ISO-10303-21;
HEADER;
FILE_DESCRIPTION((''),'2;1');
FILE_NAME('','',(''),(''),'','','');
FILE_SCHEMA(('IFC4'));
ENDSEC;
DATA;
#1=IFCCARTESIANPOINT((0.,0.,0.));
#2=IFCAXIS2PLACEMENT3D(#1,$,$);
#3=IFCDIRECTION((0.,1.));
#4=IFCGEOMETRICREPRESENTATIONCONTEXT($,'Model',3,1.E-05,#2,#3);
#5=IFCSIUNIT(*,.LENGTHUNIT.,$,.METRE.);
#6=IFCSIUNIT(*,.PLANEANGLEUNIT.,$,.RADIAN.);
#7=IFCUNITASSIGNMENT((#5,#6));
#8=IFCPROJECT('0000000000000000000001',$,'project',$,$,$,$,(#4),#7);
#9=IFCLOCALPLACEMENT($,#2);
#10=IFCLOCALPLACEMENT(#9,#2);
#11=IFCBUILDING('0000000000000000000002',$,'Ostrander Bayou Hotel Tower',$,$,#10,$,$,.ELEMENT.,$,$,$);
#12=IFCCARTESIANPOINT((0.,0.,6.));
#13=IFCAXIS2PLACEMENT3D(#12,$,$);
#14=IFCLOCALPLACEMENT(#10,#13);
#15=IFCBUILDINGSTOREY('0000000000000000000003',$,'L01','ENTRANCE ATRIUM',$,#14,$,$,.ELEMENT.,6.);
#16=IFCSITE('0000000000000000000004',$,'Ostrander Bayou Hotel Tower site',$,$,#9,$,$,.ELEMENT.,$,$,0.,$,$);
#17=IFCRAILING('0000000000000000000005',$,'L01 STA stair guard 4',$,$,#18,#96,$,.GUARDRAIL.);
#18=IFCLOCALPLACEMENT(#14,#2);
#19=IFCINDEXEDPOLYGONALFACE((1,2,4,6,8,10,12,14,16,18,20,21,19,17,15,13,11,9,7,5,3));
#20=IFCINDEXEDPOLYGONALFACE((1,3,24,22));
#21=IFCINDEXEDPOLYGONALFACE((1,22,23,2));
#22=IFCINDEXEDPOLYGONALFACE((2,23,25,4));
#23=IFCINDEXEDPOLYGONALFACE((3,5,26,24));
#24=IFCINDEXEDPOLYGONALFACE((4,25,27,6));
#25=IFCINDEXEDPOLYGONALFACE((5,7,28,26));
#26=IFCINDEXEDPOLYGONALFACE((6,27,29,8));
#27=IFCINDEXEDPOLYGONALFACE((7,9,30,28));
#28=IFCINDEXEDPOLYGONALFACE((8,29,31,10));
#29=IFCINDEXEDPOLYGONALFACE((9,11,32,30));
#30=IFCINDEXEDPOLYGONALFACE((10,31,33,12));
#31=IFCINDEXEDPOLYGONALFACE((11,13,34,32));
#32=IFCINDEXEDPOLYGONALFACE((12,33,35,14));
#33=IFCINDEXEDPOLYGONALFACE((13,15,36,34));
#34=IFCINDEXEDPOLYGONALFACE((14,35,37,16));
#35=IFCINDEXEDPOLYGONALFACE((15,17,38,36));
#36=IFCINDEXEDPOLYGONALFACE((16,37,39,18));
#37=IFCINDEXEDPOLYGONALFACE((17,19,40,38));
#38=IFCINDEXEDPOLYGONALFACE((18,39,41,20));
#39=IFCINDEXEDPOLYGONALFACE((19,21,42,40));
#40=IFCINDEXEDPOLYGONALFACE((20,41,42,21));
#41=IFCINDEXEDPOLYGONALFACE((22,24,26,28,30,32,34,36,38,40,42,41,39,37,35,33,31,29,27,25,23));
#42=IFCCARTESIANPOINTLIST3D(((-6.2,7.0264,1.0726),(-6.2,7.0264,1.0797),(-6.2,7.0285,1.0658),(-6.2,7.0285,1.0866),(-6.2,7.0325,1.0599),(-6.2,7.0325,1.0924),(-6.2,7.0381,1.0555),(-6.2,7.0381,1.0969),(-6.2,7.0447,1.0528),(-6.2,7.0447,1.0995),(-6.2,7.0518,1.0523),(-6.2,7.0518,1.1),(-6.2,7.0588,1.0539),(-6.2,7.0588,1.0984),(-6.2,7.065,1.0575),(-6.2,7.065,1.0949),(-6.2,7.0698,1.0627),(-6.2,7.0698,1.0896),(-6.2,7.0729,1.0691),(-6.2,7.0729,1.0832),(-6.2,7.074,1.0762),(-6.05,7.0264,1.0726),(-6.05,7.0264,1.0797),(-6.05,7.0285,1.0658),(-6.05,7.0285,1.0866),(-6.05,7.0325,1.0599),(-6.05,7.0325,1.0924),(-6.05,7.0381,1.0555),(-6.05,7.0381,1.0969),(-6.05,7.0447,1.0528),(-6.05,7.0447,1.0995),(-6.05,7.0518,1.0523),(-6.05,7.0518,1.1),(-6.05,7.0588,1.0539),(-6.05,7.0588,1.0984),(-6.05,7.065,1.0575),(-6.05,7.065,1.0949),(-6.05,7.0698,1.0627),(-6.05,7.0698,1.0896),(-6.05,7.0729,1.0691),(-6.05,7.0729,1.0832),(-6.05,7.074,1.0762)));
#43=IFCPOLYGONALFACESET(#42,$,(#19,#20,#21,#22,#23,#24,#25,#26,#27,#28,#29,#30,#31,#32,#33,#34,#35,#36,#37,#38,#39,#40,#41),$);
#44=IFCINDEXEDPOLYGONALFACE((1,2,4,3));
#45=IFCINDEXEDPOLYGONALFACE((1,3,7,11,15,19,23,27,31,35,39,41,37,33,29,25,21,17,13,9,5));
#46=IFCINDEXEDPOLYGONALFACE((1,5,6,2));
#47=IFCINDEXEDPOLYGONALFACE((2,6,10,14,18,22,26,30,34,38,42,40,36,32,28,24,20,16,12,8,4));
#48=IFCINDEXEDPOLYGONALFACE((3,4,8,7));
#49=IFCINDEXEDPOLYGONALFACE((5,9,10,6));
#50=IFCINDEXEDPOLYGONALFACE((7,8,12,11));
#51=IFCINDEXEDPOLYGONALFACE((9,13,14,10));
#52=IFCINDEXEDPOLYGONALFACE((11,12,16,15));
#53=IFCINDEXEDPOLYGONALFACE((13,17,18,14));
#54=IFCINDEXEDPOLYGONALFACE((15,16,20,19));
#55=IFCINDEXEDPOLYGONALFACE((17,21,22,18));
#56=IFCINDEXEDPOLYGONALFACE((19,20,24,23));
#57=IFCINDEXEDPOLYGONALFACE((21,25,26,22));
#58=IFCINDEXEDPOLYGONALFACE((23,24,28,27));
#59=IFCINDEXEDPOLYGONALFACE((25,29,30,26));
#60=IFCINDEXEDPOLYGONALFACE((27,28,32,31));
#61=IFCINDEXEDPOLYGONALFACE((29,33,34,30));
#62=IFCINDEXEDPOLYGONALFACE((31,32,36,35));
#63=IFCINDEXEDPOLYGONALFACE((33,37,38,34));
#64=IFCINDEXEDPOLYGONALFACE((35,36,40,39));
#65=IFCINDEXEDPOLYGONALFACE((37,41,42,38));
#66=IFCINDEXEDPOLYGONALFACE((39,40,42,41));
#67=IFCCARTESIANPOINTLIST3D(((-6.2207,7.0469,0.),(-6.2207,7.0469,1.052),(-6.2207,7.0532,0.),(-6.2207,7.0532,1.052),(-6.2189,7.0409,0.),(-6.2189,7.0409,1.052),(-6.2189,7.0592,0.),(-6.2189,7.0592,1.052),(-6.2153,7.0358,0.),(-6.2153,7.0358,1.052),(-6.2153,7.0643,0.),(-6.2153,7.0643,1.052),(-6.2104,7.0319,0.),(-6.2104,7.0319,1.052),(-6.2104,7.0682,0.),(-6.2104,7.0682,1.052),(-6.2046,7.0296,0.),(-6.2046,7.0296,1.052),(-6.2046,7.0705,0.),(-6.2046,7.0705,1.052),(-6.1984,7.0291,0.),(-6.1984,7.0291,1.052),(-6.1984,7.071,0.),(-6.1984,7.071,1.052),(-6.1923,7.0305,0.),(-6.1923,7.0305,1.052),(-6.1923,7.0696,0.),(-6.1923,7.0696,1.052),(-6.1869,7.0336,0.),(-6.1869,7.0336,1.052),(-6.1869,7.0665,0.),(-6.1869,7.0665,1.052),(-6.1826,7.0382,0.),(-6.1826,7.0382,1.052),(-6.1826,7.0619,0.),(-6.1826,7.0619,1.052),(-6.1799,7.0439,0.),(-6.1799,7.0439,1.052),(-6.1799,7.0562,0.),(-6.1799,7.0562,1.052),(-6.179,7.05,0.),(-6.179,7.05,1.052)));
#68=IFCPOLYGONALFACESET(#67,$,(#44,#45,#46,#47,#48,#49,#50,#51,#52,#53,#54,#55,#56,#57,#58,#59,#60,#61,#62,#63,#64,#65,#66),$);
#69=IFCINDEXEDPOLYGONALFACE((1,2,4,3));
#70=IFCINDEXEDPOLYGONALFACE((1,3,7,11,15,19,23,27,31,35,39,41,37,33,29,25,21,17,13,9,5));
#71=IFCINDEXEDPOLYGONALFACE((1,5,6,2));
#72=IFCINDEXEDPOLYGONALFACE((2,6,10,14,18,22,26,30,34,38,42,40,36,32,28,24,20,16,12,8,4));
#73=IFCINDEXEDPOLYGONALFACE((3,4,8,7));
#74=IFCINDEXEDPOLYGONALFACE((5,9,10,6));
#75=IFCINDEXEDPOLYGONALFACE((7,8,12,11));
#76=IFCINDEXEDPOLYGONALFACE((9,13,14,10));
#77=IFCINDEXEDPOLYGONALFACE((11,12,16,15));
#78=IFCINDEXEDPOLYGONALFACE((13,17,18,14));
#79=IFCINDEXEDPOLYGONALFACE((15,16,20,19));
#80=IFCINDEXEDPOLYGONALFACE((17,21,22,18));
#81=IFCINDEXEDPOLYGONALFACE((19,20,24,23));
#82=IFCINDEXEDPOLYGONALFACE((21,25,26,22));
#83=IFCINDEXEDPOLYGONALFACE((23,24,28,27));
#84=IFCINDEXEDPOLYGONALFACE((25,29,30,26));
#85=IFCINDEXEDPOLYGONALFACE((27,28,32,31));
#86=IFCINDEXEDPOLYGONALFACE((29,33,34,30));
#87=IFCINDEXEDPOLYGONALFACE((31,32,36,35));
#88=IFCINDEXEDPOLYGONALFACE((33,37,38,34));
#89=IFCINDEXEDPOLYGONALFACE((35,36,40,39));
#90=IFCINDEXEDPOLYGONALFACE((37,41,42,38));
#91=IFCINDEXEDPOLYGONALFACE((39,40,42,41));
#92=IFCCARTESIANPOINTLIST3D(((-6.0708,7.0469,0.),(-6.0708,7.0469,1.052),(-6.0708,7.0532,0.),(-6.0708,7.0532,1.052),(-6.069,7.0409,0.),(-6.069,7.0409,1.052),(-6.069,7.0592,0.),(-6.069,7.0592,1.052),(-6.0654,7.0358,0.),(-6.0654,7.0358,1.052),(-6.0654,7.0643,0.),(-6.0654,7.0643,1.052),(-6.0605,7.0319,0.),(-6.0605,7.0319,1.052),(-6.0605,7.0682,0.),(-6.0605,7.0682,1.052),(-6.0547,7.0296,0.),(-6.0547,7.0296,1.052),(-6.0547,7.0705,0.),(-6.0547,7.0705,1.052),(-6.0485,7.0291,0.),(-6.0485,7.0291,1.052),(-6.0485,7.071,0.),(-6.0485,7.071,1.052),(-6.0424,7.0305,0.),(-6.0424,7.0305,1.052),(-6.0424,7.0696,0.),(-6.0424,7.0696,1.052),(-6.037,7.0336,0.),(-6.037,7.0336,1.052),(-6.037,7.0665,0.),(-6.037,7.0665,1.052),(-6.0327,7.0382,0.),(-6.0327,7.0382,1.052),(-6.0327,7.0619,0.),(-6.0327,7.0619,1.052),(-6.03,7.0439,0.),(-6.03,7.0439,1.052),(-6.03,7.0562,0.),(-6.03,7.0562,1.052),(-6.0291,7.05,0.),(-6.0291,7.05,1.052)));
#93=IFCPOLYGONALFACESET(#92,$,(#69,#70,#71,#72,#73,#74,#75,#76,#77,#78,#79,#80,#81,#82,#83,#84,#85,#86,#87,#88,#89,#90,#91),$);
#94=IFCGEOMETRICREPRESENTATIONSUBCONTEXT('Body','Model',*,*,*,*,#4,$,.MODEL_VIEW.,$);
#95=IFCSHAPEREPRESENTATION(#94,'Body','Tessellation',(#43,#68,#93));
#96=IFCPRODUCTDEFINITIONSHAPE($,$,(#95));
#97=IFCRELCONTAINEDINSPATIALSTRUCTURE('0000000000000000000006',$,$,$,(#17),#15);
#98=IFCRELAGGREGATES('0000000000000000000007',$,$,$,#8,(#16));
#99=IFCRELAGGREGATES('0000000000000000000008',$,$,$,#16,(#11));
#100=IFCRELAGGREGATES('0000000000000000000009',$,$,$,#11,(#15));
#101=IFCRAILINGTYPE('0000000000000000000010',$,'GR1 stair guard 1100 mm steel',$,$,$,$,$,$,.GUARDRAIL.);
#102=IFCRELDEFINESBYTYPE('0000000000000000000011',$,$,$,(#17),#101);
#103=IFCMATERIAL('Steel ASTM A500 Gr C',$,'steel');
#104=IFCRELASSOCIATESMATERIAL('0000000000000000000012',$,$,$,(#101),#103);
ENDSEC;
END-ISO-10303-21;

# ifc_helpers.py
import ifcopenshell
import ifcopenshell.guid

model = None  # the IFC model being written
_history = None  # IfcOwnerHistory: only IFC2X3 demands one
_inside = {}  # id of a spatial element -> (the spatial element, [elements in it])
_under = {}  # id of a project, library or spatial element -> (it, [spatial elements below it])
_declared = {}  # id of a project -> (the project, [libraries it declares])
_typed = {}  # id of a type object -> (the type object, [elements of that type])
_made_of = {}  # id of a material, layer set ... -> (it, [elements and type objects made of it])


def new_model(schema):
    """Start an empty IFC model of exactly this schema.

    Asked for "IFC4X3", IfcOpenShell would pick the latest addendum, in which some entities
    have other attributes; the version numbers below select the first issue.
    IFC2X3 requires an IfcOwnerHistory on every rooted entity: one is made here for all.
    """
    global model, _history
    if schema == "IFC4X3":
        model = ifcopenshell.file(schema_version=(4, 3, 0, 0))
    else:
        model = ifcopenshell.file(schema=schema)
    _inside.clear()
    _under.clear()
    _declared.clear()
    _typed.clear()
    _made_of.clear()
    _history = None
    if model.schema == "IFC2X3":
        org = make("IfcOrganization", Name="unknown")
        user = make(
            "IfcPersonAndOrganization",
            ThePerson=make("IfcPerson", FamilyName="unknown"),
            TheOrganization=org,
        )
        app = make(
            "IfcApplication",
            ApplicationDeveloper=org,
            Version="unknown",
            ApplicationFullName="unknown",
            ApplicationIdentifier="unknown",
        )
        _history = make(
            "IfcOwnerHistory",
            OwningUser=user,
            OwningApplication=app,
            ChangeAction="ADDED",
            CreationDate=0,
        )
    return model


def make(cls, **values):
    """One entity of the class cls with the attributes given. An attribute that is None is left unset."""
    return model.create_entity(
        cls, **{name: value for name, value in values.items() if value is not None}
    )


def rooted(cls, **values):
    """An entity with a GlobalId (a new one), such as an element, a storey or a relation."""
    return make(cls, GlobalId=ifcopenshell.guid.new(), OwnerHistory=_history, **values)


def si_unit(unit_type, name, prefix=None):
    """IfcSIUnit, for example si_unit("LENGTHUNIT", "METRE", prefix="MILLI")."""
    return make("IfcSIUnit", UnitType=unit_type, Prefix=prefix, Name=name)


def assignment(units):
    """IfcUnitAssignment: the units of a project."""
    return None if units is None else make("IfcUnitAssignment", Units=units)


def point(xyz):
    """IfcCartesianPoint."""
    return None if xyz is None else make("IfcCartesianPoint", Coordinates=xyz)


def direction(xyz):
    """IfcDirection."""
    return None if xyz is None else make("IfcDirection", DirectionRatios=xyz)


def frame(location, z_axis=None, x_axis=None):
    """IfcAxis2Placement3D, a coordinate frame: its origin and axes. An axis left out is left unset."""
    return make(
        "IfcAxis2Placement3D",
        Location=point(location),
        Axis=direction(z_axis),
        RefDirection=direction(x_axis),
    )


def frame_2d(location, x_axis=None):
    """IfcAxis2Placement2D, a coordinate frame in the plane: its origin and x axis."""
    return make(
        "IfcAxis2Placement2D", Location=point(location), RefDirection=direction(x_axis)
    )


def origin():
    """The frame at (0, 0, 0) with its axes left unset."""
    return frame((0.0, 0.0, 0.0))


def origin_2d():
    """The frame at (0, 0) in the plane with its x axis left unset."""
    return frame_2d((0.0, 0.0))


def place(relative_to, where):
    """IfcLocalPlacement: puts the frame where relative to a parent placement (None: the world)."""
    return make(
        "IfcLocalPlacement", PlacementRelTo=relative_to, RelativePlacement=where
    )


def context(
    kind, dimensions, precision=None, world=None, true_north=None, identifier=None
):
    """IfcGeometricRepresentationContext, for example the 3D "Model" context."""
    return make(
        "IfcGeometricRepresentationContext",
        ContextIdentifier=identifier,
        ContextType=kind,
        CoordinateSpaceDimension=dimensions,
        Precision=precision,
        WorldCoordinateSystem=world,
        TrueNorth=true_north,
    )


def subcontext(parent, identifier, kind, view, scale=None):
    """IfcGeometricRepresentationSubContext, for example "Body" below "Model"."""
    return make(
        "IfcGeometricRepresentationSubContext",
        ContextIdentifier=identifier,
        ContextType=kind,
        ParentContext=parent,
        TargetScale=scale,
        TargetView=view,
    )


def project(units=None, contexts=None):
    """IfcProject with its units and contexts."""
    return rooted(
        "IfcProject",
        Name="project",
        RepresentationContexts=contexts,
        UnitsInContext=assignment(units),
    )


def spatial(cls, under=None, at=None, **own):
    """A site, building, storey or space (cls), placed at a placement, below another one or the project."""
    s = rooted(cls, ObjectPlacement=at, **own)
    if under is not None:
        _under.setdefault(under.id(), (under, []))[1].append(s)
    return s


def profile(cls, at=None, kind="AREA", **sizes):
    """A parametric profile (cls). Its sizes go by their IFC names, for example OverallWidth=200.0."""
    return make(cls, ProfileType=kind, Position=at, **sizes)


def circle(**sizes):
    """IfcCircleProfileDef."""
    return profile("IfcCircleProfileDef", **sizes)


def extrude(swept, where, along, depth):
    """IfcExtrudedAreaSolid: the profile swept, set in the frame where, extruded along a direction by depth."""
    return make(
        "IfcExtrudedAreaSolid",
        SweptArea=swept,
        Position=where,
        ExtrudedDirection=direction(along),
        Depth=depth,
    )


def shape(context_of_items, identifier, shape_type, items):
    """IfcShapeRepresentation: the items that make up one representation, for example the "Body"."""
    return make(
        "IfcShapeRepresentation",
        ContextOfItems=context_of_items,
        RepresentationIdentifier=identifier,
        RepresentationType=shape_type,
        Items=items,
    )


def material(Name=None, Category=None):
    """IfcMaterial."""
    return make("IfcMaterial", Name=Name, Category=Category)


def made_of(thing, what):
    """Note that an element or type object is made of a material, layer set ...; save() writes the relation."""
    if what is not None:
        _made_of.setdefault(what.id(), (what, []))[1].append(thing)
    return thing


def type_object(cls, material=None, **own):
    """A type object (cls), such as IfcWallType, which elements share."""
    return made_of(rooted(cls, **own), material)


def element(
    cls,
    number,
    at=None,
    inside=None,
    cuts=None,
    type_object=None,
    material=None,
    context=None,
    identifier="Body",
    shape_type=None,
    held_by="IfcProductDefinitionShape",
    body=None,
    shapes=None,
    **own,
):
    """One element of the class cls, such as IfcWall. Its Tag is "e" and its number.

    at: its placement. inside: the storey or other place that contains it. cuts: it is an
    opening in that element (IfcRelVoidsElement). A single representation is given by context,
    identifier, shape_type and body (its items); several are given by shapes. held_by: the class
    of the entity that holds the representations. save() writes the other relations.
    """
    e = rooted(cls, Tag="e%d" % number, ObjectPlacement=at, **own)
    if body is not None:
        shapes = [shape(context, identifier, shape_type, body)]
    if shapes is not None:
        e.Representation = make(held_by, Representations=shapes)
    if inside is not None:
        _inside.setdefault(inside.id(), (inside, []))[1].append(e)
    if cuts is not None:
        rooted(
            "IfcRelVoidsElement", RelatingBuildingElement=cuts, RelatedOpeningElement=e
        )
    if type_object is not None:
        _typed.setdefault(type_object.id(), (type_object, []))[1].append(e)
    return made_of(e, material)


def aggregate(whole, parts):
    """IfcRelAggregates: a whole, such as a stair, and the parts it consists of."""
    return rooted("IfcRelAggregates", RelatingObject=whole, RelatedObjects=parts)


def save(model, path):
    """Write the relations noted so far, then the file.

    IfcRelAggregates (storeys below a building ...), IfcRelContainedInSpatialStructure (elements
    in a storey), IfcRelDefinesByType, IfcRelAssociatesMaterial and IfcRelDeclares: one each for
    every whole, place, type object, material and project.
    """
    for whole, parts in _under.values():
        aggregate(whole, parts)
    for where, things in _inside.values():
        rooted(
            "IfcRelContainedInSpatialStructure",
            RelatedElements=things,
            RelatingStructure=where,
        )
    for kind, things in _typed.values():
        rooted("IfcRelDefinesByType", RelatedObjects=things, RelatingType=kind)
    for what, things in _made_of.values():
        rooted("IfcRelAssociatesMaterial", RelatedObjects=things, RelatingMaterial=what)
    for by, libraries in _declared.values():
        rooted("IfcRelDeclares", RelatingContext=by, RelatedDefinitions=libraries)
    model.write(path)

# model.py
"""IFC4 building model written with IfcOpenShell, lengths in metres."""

from ifc_helpers import new_model, si_unit, direction, frame, origin, origin_2d, place, context, subcontext, project, spatial, circle, extrude, material, type_object, element, save


model = new_model("IFC4")

# Units and contexts
model_context = context("Model", 3, precision=1e-05, world=origin(), true_north=direction((0.0, 1.0)))
body_context = subcontext(model_context, "Body", "Model", "MODEL_VIEW")
ifc_project = project(units=[si_unit("LENGTHUNIT", "METRE"), si_unit("PLANEANGLEUNIT", "RADIAN")], contexts=[model_context])

# Site, building, storey
site_placement = place(None, origin())
site = spatial("IfcSite", under=ifc_project, at=site_placement, Name="Ostrander Bayou Hotel Tower site", CompositionType="ELEMENT", RefElevation=0.0)
building_placement = place(site_placement, origin())
building = spatial("IfcBuilding", under=site, at=building_placement, Name="Ostrander Bayou Hotel Tower", CompositionType="ELEMENT")
storey_placement = place(building_placement, frame((0.0, 0.0, 6.0)))
storey = spatial("IfcBuildingStorey", under=building, at=storey_placement, Name="L01", Description="ENTRANCE ATRIUM", CompositionType="ELEMENT", Elevation=6.0)

# Railing
ifc_material_1 = material(Name="Steel ASTM A500 Gr C", Category="steel")
railing_type_1 = type_object("IfcRailingType", Name="GR1 stair guard 1100 mm steel", PredefinedType="GUARDRAIL", material=ifc_material_1)
railing_1_placement = place(storey_placement, frame((-6.2, 7.05, 0.0)))
element("IfcRailing", 1, at=railing_1_placement, inside=storey, type_object=railing_type_1, Name="L01 STA stair guard 4", PredefinedType="GUARDRAIL", context=body_context, shape_type="SweptSolid", body=[
    extrude(circle(Radius=0.0239, at=origin_2d()), frame((0.0, 0.0, 1.0762), z_axis=(1.0, 0.0, 0.0), x_axis=(0.0, 1.0, 0.0)), (0.0, 0.0, 1.0), 0.1499),
    extrude(circle(Radius=0.021, at=origin_2d()), origin(), (0.0, 0.0, 1.0), 1.052),
    extrude(circle(Radius=0.021, at=origin_2d()), frame((0.1499, 0.0, 0.0)), (0.0, 0.0, 1.0), 1.052),
])

save(model, "model.ifc")
